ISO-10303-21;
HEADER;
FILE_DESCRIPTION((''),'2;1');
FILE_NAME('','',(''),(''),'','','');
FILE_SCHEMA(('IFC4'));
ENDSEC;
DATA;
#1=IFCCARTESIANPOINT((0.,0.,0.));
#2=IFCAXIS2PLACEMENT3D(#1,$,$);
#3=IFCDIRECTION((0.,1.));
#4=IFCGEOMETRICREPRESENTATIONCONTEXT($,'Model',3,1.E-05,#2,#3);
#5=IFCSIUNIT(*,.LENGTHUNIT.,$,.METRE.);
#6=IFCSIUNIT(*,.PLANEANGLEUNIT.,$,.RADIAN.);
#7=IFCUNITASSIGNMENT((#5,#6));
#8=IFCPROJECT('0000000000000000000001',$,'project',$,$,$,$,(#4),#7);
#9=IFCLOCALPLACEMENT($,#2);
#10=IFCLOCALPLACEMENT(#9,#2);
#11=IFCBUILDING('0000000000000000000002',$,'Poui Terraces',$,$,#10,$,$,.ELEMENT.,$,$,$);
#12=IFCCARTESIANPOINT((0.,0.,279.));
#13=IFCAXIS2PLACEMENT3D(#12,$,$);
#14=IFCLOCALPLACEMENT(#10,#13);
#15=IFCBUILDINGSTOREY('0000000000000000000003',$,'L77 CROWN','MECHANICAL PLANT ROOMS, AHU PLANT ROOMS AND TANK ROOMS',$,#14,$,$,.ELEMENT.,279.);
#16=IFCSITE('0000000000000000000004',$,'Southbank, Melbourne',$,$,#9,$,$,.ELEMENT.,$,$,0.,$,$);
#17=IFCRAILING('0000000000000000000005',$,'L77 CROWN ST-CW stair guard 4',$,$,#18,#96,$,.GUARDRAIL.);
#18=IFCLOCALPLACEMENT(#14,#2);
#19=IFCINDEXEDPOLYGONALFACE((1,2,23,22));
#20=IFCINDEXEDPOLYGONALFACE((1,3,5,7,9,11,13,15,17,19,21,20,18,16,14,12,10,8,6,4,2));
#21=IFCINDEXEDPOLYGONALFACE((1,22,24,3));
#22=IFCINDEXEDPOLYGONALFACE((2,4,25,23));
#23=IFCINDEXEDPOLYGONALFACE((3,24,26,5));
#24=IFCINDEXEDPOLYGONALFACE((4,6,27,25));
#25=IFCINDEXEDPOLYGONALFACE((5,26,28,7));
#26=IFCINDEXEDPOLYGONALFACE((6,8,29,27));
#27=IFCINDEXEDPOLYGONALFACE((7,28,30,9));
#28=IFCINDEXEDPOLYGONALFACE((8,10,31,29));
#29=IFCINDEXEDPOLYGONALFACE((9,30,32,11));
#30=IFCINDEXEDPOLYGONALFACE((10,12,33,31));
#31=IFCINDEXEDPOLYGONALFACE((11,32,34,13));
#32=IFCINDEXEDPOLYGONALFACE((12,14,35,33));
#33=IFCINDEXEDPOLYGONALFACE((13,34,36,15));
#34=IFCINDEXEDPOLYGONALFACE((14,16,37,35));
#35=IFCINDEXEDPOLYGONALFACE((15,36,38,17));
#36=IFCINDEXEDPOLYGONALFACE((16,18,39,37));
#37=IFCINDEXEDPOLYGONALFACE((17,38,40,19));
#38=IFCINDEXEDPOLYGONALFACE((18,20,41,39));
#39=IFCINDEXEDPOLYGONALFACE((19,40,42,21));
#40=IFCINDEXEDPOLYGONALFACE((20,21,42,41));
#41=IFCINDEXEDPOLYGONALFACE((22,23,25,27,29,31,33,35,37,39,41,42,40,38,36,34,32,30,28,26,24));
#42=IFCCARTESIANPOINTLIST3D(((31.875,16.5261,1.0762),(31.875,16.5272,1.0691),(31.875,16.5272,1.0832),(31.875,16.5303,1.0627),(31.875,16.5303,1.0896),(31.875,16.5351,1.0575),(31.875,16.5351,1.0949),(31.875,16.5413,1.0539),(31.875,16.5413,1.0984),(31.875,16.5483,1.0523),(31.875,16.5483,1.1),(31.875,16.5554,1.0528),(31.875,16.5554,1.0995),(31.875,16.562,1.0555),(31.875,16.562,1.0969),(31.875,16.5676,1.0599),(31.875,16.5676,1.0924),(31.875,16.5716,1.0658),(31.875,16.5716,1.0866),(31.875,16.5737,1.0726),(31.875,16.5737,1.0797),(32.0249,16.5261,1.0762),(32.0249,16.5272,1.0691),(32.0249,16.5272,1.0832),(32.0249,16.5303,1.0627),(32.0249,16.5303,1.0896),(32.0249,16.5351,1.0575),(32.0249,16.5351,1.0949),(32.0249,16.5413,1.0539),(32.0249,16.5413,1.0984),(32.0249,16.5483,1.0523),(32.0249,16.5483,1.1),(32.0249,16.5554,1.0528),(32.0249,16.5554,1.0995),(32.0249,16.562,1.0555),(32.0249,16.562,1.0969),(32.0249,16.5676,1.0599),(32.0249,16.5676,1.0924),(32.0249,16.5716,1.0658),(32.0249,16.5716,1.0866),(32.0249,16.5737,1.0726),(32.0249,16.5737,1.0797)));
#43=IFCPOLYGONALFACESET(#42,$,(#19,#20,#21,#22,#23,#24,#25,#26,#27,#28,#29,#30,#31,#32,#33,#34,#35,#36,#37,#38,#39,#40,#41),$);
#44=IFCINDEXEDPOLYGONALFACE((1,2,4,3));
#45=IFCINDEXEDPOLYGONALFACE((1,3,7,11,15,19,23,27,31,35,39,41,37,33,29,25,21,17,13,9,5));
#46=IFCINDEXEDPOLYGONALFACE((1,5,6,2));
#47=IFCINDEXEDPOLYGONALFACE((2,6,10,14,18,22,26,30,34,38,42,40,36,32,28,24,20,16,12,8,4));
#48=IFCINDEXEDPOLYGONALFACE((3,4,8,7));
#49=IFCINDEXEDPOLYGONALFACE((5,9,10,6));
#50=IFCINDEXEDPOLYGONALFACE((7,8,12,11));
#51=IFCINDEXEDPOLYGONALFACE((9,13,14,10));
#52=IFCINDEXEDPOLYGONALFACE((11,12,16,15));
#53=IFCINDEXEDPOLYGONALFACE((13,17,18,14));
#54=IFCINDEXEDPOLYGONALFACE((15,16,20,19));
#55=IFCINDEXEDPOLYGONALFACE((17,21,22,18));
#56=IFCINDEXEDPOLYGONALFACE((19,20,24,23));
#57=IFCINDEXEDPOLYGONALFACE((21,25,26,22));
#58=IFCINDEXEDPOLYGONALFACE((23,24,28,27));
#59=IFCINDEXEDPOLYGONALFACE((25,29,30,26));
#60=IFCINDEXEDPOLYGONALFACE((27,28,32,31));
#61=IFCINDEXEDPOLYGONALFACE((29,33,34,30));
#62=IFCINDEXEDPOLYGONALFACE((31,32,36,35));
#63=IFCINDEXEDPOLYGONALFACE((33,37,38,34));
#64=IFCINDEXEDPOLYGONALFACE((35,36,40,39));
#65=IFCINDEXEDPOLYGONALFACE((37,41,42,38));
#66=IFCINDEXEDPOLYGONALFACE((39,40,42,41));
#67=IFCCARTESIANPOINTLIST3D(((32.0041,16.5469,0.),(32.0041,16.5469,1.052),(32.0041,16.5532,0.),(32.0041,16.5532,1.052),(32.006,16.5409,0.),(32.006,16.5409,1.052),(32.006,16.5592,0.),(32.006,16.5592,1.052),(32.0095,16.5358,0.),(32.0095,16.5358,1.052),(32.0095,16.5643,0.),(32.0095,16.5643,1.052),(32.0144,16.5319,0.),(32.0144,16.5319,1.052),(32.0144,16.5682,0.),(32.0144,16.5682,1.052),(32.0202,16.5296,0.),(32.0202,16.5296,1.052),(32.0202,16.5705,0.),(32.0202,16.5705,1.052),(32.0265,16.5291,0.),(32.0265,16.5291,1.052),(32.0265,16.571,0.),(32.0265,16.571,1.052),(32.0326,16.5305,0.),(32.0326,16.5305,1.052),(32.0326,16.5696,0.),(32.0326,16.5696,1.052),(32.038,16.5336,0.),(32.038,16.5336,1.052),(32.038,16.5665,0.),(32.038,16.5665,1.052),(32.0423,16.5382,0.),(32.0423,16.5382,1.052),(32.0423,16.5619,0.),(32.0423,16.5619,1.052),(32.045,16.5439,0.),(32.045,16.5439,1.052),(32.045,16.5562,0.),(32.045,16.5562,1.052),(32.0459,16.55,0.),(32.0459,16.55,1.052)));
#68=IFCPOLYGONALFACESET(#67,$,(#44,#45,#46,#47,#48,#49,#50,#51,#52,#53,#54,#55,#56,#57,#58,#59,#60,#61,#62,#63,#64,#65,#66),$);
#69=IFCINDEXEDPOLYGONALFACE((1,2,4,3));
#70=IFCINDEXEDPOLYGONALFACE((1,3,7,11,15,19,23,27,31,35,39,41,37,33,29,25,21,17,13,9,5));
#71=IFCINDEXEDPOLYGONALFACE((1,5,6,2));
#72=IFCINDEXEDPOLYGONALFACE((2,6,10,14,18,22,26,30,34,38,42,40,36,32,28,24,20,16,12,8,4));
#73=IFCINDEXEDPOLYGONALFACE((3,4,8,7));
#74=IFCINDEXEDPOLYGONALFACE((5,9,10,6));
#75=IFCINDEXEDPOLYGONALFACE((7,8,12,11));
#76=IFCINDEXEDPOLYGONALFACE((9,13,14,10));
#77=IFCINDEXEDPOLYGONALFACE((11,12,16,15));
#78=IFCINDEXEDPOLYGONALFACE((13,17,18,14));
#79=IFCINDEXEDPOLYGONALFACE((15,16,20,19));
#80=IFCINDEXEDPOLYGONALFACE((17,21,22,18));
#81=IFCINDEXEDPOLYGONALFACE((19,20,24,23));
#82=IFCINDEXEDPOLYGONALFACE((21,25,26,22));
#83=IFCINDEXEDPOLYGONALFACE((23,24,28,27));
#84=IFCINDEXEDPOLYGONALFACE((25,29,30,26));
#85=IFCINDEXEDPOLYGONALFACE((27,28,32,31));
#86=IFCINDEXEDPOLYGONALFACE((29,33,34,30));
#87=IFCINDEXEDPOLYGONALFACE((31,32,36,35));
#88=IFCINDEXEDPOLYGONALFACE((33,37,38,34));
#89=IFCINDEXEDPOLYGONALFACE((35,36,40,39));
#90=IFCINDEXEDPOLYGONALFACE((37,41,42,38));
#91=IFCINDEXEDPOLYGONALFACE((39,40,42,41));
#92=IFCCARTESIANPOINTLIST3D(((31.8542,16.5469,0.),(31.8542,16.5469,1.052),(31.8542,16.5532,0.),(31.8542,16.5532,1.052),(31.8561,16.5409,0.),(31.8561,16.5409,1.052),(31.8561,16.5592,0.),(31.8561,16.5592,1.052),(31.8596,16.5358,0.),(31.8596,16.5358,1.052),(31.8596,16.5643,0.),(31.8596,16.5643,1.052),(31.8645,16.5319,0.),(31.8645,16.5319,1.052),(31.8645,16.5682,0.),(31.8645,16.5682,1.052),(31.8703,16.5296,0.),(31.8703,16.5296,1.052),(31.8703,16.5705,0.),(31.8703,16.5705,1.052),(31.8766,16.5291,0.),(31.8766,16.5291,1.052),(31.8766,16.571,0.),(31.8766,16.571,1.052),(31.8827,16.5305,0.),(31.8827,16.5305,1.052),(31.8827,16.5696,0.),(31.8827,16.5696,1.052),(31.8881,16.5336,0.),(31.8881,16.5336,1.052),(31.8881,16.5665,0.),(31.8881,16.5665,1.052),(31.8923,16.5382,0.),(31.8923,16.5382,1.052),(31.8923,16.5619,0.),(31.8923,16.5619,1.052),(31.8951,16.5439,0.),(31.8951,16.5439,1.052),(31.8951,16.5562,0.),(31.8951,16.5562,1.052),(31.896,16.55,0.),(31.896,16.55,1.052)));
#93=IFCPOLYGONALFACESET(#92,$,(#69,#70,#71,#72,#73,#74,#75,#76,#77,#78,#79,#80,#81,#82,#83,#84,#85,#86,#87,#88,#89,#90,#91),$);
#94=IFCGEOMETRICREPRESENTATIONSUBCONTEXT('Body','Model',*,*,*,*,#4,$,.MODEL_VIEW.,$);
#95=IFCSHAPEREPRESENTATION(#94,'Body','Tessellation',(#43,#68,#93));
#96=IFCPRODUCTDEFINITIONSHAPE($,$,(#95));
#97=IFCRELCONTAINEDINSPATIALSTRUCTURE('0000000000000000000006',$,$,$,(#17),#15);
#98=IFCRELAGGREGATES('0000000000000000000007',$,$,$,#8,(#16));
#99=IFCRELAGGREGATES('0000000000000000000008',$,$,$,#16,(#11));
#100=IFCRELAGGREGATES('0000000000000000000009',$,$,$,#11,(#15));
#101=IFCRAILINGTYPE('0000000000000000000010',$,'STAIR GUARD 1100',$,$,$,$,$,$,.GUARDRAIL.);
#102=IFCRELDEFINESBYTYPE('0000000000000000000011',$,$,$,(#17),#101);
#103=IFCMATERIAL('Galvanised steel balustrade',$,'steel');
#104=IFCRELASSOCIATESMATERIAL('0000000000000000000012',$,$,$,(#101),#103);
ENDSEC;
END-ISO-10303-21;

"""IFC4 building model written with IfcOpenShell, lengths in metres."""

from ifc_helpers import new_model, si_unit, direction, frame, origin, origin_2d, place, context, subcontext, project, spatial, circle, extrude, material, type_object, element, save


model = new_model("IFC4")

# Units and contexts
model_context = context("Model", 3, precision=1e-05, world=origin(), true_north=direction((0.0, 1.0)))
body_context = subcontext(model_context, "Body", "Model", "MODEL_VIEW")
ifc_project = project(units=[si_unit("LENGTHUNIT", "METRE"), si_unit("PLANEANGLEUNIT", "RADIAN")], contexts=[model_context])

# Site, building, storey
site_placement = place(None, origin())
site = spatial("IfcSite", under=ifc_project, at=site_placement, Name="Southbank, Melbourne", CompositionType="ELEMENT", RefElevation=0.0)
building_placement = place(site_placement, origin())
building = spatial("IfcBuilding", under=site, at=building_placement, Name="Poui Terraces", CompositionType="ELEMENT")
storey_placement = place(building_placement, frame((0.0, 0.0, 279.0)))
storey = spatial("IfcBuildingStorey", under=building, at=storey_placement, Name="L77 CROWN", Description="MECHANICAL PLANT ROOMS, AHU PLANT ROOMS AND TANK ROOMS", CompositionType="ELEMENT", Elevation=279.0)

# Railing
ifc_material_1 = material(Name="Galvanised steel balustrade", Category="steel")
railing_type_1 = type_object("IfcRailingType", Name="STAIR GUARD 1100", PredefinedType="GUARDRAIL", material=ifc_material_1)
railing_1_placement = place(storey_placement, frame((32.0249, 16.55, 0.0)))
element("IfcRailing", 1, at=railing_1_placement, inside=storey, type_object=railing_type_1, Name="L77 CROWN ST-CW stair guard 4", PredefinedType="GUARDRAIL", context=body_context, shape_type="SweptSolid", body=[
    extrude(circle(Radius=0.0239, at=origin_2d()), frame((0.0, 0.0, 1.0762), z_axis=(-1.0, 0.0, 0.0), x_axis=(0.0, -1.0, 0.0)), (0.0, 0.0, 1.0), 0.1499),
    extrude(circle(Radius=0.021, at=origin_2d()), origin(), (0.0, 0.0, 1.0), 1.052),
    extrude(circle(Radius=0.021, at=origin_2d()), frame((-0.1499, 0.0, 0.0)), (0.0, 0.0, 1.0), 1.052),
])

save(model, "model.ifc")
